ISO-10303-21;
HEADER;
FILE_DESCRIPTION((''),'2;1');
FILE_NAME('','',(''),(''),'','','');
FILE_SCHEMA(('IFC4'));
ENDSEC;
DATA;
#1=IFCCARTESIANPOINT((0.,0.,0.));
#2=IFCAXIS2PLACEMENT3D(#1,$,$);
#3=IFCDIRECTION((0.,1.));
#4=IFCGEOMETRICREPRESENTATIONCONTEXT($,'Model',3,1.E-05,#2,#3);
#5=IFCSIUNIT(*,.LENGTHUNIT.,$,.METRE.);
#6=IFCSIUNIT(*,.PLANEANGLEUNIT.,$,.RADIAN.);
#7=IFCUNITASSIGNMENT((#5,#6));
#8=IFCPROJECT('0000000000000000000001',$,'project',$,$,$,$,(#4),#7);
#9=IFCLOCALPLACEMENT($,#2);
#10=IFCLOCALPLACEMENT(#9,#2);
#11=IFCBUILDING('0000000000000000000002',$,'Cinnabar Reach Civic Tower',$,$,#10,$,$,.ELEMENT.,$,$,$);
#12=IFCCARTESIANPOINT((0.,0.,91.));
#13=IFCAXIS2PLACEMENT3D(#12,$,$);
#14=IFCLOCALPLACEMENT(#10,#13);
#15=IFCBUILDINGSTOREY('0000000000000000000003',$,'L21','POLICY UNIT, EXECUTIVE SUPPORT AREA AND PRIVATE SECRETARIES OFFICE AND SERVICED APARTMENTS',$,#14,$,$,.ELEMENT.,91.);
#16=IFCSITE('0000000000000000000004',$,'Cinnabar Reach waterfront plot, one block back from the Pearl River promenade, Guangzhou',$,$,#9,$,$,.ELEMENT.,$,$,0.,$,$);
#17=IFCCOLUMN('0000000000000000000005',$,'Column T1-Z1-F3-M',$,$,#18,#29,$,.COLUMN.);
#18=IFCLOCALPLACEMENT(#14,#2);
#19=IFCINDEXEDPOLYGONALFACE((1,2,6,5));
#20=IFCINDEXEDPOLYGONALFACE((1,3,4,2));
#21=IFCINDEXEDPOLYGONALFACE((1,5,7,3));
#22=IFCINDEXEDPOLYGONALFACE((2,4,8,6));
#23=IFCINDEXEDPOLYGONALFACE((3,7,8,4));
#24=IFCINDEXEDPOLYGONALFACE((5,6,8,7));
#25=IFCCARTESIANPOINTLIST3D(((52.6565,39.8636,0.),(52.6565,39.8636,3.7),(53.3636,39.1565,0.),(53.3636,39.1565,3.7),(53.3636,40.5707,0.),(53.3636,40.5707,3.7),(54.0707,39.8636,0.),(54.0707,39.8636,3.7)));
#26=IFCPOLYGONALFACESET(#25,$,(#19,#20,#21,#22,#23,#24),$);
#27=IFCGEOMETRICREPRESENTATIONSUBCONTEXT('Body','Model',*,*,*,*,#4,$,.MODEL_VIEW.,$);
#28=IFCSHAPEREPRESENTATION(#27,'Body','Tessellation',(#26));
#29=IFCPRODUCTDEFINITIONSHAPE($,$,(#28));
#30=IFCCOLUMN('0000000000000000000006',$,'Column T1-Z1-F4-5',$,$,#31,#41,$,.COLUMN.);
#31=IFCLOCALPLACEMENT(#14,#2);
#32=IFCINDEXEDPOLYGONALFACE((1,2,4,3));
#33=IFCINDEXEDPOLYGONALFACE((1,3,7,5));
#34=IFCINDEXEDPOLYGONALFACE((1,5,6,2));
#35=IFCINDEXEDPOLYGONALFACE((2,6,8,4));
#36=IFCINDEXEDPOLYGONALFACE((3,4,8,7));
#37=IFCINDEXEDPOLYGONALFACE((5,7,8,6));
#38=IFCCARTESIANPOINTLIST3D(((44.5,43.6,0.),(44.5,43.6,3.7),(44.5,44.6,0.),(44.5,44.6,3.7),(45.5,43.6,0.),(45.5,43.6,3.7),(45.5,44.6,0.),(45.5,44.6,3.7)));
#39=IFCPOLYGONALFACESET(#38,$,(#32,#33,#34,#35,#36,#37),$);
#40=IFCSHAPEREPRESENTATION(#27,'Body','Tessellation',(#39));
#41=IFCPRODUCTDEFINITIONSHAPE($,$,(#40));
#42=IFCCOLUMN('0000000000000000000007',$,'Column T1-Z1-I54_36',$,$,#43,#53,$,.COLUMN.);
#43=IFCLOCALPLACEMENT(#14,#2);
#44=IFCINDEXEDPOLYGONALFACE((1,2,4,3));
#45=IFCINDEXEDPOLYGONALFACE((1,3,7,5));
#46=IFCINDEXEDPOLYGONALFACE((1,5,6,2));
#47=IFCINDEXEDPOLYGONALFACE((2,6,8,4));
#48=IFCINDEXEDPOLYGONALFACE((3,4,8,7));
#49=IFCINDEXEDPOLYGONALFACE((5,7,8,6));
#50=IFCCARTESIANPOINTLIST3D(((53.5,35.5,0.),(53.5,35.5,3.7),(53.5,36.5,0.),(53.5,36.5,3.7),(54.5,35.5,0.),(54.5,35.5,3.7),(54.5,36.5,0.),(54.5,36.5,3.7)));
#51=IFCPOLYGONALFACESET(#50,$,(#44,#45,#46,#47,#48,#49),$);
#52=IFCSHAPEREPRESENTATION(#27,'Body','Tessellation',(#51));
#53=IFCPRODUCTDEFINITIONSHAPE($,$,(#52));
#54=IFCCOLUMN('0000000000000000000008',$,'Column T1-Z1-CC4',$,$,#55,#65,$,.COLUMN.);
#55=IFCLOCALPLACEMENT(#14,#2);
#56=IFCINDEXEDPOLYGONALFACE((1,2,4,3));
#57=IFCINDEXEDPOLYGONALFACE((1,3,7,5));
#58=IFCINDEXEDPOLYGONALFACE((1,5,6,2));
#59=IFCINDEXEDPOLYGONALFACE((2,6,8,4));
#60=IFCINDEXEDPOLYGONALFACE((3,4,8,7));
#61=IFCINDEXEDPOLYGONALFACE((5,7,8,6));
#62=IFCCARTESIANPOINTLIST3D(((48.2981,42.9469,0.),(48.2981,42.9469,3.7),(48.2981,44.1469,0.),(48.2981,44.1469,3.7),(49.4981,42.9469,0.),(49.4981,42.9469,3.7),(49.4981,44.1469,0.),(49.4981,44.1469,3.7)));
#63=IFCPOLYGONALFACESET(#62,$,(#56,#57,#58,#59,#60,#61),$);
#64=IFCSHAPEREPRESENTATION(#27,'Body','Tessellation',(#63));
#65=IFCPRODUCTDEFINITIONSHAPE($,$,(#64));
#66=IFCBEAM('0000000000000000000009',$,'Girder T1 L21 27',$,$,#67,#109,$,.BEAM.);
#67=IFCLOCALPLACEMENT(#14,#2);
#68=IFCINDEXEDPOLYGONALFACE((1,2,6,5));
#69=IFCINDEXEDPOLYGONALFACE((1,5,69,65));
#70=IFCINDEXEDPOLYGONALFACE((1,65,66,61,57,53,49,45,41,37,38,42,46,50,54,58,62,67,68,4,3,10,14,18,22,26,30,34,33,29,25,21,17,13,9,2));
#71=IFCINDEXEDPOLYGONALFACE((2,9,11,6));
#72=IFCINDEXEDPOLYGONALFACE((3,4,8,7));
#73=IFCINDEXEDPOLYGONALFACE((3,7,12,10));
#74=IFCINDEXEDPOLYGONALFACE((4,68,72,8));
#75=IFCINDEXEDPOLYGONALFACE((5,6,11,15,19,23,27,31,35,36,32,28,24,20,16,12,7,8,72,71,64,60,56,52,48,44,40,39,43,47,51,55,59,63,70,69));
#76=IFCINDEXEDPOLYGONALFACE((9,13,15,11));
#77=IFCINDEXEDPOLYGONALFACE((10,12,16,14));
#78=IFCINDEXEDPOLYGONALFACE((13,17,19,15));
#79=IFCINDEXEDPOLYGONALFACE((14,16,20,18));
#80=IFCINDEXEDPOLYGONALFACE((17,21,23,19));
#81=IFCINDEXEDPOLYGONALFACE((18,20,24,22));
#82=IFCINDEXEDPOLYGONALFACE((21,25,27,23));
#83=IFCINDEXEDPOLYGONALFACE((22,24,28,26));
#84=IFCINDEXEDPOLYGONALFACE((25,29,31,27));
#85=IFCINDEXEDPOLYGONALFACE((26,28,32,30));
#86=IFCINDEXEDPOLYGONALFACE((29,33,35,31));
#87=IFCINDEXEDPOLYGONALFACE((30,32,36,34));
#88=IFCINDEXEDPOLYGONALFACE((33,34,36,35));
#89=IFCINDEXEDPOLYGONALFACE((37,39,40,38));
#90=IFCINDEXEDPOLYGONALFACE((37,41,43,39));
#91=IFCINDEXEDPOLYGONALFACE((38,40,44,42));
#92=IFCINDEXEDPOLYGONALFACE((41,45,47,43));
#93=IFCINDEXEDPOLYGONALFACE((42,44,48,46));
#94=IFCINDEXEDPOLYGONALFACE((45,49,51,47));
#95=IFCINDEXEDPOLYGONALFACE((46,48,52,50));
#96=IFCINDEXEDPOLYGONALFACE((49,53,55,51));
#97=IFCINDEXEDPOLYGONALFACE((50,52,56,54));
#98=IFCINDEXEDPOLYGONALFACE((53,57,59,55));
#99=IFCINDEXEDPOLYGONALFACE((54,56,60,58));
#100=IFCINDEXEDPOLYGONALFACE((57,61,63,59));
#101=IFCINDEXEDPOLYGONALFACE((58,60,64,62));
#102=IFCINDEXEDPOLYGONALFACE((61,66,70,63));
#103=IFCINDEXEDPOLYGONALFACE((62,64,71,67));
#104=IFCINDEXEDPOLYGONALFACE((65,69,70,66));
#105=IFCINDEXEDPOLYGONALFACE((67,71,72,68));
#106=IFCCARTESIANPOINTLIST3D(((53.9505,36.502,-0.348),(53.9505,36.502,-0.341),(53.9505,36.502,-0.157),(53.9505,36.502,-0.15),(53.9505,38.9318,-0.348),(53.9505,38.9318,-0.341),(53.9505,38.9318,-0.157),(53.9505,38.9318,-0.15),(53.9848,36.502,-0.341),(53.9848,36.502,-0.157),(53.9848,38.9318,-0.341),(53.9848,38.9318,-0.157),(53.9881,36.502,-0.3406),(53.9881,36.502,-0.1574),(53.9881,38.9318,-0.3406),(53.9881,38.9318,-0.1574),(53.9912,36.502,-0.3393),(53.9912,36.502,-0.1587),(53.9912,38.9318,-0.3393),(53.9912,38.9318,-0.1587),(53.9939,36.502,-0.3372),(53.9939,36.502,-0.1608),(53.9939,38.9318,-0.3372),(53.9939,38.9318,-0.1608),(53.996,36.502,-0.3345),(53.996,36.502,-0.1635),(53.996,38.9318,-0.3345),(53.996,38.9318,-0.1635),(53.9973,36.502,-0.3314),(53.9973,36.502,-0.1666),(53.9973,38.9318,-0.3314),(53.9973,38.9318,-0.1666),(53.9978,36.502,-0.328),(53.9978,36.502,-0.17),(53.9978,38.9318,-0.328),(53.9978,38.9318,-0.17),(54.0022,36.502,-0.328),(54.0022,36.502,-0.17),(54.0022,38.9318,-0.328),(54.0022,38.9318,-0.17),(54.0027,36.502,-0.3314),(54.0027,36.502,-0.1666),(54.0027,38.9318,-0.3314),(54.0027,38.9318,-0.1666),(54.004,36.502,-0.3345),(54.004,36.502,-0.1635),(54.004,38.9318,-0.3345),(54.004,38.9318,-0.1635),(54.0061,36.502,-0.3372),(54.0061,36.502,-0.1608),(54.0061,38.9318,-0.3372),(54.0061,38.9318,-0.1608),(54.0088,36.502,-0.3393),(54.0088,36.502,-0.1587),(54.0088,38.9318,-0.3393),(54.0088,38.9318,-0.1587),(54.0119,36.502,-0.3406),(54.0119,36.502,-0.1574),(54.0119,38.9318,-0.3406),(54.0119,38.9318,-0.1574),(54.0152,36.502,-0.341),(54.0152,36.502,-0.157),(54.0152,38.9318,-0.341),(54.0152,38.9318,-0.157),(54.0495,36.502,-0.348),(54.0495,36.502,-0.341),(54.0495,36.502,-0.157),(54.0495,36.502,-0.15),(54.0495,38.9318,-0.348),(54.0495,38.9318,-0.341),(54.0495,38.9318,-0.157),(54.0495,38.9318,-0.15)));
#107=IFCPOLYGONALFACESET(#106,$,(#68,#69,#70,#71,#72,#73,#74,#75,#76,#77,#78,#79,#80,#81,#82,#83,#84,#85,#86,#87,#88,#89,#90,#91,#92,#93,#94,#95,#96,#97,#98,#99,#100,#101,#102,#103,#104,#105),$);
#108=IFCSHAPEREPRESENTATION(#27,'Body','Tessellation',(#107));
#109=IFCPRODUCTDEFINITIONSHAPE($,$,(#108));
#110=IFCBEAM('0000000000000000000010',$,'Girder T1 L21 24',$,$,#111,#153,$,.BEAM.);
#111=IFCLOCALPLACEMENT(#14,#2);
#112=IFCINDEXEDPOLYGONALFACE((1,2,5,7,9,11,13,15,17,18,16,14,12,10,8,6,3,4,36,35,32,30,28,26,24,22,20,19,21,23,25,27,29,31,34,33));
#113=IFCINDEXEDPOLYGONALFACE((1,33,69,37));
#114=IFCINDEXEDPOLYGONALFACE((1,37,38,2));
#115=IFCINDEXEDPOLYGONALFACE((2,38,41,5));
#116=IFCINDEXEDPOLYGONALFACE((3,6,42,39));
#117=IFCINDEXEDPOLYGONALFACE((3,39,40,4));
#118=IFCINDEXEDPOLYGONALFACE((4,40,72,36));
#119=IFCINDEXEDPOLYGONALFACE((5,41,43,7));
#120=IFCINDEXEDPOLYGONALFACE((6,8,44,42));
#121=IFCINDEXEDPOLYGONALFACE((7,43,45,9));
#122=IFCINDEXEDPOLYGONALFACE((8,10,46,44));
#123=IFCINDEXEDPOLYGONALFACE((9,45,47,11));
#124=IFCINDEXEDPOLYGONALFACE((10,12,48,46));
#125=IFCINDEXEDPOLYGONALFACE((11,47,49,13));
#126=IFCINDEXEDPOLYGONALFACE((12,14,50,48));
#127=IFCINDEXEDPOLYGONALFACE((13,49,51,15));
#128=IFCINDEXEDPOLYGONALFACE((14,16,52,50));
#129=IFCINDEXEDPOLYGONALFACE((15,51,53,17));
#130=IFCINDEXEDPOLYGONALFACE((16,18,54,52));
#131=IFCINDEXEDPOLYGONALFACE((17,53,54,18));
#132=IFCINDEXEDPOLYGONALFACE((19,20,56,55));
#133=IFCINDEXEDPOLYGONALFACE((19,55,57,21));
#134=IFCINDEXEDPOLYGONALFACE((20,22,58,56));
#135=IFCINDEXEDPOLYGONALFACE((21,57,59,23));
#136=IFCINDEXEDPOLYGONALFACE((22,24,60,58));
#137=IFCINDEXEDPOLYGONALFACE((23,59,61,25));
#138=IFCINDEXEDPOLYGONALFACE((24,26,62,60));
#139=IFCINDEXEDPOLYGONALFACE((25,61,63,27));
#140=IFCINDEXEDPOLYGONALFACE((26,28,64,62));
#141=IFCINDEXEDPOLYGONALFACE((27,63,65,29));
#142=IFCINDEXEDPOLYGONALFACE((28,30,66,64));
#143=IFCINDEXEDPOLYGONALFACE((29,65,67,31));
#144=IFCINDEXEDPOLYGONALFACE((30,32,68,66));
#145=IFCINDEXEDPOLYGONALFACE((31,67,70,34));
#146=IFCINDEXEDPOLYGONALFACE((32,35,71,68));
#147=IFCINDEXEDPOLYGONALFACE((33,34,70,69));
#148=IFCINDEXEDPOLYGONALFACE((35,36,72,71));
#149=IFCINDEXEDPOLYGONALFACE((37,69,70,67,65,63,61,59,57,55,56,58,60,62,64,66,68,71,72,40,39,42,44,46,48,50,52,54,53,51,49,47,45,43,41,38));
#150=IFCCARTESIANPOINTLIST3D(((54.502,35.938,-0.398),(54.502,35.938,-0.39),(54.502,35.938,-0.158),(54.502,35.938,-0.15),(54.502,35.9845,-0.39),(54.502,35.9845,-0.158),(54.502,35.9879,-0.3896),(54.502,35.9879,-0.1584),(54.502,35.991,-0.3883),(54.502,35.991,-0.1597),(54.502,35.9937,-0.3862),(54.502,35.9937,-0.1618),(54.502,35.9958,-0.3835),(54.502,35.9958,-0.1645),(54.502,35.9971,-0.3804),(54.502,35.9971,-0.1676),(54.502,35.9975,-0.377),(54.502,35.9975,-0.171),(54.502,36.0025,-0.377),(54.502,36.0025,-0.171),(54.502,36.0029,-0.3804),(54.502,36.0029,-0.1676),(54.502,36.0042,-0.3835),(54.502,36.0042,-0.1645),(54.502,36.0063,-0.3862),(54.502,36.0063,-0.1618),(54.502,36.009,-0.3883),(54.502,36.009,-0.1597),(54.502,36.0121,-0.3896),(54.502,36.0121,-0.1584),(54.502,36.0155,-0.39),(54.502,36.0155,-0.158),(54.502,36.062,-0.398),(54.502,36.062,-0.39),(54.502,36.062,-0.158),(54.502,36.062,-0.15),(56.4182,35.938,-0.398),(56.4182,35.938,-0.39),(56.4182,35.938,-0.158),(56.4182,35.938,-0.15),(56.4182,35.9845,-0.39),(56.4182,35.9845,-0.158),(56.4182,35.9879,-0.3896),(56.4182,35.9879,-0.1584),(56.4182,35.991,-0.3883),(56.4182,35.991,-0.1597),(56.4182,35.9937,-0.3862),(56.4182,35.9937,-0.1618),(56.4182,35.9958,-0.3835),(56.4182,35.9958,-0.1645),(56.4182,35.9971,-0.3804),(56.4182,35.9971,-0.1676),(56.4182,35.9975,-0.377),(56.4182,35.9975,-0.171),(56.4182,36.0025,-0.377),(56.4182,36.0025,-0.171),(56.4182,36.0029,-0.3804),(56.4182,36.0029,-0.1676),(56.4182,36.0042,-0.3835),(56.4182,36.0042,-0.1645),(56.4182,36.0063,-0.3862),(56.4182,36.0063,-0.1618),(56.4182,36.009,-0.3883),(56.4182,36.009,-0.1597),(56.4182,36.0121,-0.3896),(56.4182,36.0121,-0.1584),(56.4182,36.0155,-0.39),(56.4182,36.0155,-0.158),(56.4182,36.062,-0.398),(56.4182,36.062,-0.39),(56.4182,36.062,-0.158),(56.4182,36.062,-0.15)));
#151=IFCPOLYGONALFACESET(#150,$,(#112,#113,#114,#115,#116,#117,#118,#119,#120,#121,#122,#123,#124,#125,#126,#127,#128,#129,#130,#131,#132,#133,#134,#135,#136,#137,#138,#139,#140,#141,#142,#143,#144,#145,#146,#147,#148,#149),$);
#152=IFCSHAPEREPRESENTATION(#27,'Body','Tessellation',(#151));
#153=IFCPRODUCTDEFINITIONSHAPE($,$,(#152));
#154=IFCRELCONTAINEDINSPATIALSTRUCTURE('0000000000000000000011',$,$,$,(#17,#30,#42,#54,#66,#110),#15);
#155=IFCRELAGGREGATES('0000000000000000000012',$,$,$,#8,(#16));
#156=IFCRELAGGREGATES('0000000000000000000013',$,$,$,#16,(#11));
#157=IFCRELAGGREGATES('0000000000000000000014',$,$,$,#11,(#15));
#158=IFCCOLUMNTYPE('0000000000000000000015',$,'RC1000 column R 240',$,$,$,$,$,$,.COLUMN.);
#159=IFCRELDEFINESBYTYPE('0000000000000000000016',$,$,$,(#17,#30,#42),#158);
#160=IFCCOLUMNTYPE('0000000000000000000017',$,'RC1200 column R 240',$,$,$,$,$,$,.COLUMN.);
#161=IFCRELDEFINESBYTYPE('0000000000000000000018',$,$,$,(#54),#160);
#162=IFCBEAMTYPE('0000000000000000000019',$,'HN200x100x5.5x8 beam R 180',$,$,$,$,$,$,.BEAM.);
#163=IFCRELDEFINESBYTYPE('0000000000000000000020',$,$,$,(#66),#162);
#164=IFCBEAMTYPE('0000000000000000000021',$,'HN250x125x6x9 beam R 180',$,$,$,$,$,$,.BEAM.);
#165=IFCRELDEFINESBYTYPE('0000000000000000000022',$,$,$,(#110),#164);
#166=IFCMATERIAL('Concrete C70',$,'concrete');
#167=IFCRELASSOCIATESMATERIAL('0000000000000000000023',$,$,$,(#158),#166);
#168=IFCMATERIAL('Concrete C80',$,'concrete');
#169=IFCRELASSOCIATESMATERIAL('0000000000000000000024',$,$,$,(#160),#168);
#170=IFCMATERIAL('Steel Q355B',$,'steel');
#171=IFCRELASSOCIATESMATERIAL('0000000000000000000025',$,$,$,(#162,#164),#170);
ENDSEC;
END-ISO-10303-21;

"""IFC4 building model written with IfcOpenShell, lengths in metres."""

from ifc_helpers import new_model, si_unit, direction, frame, origin, origin_2d, place, context, subcontext, project, spatial, rectangle, i_section, extrude, material, material_profile, profile_set, type_object, element, save


model = new_model("IFC4")

# Units and contexts
model_context = context("Model", 3, precision=1e-05, world=origin(), true_north=direction((0.0, 1.0)))
body_context = subcontext(model_context, "Body", "Model", "MODEL_VIEW")
ifc_project = project(units=[si_unit("LENGTHUNIT", "METRE"), si_unit("PLANEANGLEUNIT", "RADIAN")], contexts=[model_context])

# Site, building, storey
site_placement = place(None, origin())
site = spatial("IfcSite", under=ifc_project, at=site_placement, Name="Cinnabar Reach waterfront plot, one block back from the Pearl River promenade, Guangzhou", CompositionType="ELEMENT", RefElevation=0.0)
building_placement = place(site_placement, origin())
building = spatial("IfcBuilding", under=site, at=building_placement, Name="Cinnabar Reach Civic Tower", CompositionType="ELEMENT")
storey_placement = place(building_placement, frame((0.0, 0.0, 91.0)))
storey = spatial("IfcBuildingStorey", under=building, at=storey_placement, Name="L21", Description="POLICY UNIT, EXECUTIVE SUPPORT AREA AND PRIVATE SECRETARIES OFFICE AND SERVICED APARTMENTS", CompositionType="ELEMENT", Elevation=91.0)

# Columns
ifc_material_1 = material(Name="Concrete C70", Category="concrete")
ifc_material_profile_1 = material_profile(ifc_material_1, rectangle(XDim=1.0, YDim=1.0, at=origin_2d()), Name="RC1000")
ifc_profile_set_1 = profile_set([ifc_material_profile_1], Name="Concrete C70")
column_type_1 = type_object("IfcColumnType", Name="RC1000 column R 240", PredefinedType="COLUMN", material=ifc_profile_set_1)
for number, where, z_axis, x_axis, name in (
    (1, (53.3636, 39.8636, 0.0), (0.0, 0.0, 1.0), (0.707107, 0.707107, 0.0), "Column T1-Z1-F3-M"),
    (2, (45.0, 44.1, 0.0), (0.0, 0.0, 1.0), (1.0, 0.0, 0.0), "Column T1-Z1-F4-5"),
    (3, (54.0, 36.0, 0.0), (0.0, 0.0, 1.0), (1.0, 0.0, 0.0), "Column T1-Z1-I54_36"),
):
    element("IfcColumn", number, at=place(storey_placement, frame(where, z_axis=z_axis, x_axis=x_axis)), inside=storey, type_object=column_type_1, Name=name, PredefinedType="COLUMN", context=body_context, shape_type="SweptSolid", body=[
        extrude(rectangle(XDim=1.0, YDim=1.0, at=origin_2d()), origin(), (0.0, 0.0, 1.0), 3.7),
    ])
ifc_material_2 = material(Name="Concrete C80", Category="concrete")
ifc_material_profile_2 = material_profile(ifc_material_2, rectangle(XDim=1.2, YDim=1.2, at=origin_2d()), Name="RC1200")
ifc_profile_set_2 = profile_set([ifc_material_profile_2], Name="Concrete C80")
column_type_2 = type_object("IfcColumnType", Name="RC1200 column R 240", PredefinedType="COLUMN", material=ifc_profile_set_2)
column_placement = place(storey_placement, frame((48.8981, 43.5469, 0.0), z_axis=(0.0, 0.0, 1.0), x_axis=(1.0, 0.0, 0.0)))
element("IfcColumn", 4, at=column_placement, inside=storey, type_object=column_type_2, Name="Column T1-Z1-CC4", PredefinedType="COLUMN", context=body_context, shape_type="SweptSolid", body=[
    extrude(rectangle(XDim=1.2, YDim=1.2, at=origin_2d()), origin(), (0.0, 0.0, 1.0), 3.7),
])

# Beams
ifc_material_3 = material(Name="Steel Q355B", Category="steel")
ifc_material_profile_3 = material_profile(ifc_material_3, i_section(OverallWidth=0.099, OverallDepth=0.198, WebThickness=0.0045, FlangeThickness=0.007, FilletRadius=0.013, at=origin_2d()), Name="HN200x100x5.5x8")
ifc_profile_set_3 = profile_set([ifc_material_profile_3], Name="Steel Q355B")
beam_type_1 = type_object("IfcBeamType", Name="HN200x100x5.5x8 beam R 180", PredefinedType="BEAM", material=ifc_profile_set_3)
beam_1_placement = place(storey_placement, frame((54.0, 36.502, -0.249), z_axis=(0.0, 1.0, 0.0), x_axis=(-1.0, 0.0, 0.0)))
element("IfcBeam", 5, at=beam_1_placement, inside=storey, type_object=beam_type_1, Name="Girder T1 L21 27", PredefinedType="BEAM", context=body_context, shape_type="SweptSolid", body=[
    extrude(i_section(OverallWidth=0.099, OverallDepth=0.198, WebThickness=0.0045, FlangeThickness=0.007, FilletRadius=0.013, at=origin_2d()), origin(), (0.0, 0.0, 1.0), 2.4298),
])
ifc_material_profile_4 = material_profile(ifc_material_3, i_section(OverallWidth=0.124, OverallDepth=0.248, WebThickness=0.005, FlangeThickness=0.008, FilletRadius=0.013, at=origin_2d()), Name="HN250x125x6x9")
ifc_profile_set_4 = profile_set([ifc_material_profile_4], Name="Steel Q355B")
beam_type_2 = type_object("IfcBeamType", Name="HN250x125x6x9 beam R 180", PredefinedType="BEAM", material=ifc_profile_set_4)
beam_2_placement = place(storey_placement, frame((54.502, 36.0, -0.274), z_axis=(1.0, 0.0, 0.0), x_axis=(0.0, 1.0, 0.0)))
element("IfcBeam", 6, at=beam_2_placement, inside=storey, type_object=beam_type_2, Name="Girder T1 L21 24", PredefinedType="BEAM", context=body_context, shape_type="SweptSolid", body=[
    extrude(i_section(OverallWidth=0.124, OverallDepth=0.248, WebThickness=0.005, FlangeThickness=0.008, FilletRadius=0.013, at=origin_2d()), origin(), (0.0, 0.0, 1.0), 1.9162),
])

save(model, "model.ifc")
